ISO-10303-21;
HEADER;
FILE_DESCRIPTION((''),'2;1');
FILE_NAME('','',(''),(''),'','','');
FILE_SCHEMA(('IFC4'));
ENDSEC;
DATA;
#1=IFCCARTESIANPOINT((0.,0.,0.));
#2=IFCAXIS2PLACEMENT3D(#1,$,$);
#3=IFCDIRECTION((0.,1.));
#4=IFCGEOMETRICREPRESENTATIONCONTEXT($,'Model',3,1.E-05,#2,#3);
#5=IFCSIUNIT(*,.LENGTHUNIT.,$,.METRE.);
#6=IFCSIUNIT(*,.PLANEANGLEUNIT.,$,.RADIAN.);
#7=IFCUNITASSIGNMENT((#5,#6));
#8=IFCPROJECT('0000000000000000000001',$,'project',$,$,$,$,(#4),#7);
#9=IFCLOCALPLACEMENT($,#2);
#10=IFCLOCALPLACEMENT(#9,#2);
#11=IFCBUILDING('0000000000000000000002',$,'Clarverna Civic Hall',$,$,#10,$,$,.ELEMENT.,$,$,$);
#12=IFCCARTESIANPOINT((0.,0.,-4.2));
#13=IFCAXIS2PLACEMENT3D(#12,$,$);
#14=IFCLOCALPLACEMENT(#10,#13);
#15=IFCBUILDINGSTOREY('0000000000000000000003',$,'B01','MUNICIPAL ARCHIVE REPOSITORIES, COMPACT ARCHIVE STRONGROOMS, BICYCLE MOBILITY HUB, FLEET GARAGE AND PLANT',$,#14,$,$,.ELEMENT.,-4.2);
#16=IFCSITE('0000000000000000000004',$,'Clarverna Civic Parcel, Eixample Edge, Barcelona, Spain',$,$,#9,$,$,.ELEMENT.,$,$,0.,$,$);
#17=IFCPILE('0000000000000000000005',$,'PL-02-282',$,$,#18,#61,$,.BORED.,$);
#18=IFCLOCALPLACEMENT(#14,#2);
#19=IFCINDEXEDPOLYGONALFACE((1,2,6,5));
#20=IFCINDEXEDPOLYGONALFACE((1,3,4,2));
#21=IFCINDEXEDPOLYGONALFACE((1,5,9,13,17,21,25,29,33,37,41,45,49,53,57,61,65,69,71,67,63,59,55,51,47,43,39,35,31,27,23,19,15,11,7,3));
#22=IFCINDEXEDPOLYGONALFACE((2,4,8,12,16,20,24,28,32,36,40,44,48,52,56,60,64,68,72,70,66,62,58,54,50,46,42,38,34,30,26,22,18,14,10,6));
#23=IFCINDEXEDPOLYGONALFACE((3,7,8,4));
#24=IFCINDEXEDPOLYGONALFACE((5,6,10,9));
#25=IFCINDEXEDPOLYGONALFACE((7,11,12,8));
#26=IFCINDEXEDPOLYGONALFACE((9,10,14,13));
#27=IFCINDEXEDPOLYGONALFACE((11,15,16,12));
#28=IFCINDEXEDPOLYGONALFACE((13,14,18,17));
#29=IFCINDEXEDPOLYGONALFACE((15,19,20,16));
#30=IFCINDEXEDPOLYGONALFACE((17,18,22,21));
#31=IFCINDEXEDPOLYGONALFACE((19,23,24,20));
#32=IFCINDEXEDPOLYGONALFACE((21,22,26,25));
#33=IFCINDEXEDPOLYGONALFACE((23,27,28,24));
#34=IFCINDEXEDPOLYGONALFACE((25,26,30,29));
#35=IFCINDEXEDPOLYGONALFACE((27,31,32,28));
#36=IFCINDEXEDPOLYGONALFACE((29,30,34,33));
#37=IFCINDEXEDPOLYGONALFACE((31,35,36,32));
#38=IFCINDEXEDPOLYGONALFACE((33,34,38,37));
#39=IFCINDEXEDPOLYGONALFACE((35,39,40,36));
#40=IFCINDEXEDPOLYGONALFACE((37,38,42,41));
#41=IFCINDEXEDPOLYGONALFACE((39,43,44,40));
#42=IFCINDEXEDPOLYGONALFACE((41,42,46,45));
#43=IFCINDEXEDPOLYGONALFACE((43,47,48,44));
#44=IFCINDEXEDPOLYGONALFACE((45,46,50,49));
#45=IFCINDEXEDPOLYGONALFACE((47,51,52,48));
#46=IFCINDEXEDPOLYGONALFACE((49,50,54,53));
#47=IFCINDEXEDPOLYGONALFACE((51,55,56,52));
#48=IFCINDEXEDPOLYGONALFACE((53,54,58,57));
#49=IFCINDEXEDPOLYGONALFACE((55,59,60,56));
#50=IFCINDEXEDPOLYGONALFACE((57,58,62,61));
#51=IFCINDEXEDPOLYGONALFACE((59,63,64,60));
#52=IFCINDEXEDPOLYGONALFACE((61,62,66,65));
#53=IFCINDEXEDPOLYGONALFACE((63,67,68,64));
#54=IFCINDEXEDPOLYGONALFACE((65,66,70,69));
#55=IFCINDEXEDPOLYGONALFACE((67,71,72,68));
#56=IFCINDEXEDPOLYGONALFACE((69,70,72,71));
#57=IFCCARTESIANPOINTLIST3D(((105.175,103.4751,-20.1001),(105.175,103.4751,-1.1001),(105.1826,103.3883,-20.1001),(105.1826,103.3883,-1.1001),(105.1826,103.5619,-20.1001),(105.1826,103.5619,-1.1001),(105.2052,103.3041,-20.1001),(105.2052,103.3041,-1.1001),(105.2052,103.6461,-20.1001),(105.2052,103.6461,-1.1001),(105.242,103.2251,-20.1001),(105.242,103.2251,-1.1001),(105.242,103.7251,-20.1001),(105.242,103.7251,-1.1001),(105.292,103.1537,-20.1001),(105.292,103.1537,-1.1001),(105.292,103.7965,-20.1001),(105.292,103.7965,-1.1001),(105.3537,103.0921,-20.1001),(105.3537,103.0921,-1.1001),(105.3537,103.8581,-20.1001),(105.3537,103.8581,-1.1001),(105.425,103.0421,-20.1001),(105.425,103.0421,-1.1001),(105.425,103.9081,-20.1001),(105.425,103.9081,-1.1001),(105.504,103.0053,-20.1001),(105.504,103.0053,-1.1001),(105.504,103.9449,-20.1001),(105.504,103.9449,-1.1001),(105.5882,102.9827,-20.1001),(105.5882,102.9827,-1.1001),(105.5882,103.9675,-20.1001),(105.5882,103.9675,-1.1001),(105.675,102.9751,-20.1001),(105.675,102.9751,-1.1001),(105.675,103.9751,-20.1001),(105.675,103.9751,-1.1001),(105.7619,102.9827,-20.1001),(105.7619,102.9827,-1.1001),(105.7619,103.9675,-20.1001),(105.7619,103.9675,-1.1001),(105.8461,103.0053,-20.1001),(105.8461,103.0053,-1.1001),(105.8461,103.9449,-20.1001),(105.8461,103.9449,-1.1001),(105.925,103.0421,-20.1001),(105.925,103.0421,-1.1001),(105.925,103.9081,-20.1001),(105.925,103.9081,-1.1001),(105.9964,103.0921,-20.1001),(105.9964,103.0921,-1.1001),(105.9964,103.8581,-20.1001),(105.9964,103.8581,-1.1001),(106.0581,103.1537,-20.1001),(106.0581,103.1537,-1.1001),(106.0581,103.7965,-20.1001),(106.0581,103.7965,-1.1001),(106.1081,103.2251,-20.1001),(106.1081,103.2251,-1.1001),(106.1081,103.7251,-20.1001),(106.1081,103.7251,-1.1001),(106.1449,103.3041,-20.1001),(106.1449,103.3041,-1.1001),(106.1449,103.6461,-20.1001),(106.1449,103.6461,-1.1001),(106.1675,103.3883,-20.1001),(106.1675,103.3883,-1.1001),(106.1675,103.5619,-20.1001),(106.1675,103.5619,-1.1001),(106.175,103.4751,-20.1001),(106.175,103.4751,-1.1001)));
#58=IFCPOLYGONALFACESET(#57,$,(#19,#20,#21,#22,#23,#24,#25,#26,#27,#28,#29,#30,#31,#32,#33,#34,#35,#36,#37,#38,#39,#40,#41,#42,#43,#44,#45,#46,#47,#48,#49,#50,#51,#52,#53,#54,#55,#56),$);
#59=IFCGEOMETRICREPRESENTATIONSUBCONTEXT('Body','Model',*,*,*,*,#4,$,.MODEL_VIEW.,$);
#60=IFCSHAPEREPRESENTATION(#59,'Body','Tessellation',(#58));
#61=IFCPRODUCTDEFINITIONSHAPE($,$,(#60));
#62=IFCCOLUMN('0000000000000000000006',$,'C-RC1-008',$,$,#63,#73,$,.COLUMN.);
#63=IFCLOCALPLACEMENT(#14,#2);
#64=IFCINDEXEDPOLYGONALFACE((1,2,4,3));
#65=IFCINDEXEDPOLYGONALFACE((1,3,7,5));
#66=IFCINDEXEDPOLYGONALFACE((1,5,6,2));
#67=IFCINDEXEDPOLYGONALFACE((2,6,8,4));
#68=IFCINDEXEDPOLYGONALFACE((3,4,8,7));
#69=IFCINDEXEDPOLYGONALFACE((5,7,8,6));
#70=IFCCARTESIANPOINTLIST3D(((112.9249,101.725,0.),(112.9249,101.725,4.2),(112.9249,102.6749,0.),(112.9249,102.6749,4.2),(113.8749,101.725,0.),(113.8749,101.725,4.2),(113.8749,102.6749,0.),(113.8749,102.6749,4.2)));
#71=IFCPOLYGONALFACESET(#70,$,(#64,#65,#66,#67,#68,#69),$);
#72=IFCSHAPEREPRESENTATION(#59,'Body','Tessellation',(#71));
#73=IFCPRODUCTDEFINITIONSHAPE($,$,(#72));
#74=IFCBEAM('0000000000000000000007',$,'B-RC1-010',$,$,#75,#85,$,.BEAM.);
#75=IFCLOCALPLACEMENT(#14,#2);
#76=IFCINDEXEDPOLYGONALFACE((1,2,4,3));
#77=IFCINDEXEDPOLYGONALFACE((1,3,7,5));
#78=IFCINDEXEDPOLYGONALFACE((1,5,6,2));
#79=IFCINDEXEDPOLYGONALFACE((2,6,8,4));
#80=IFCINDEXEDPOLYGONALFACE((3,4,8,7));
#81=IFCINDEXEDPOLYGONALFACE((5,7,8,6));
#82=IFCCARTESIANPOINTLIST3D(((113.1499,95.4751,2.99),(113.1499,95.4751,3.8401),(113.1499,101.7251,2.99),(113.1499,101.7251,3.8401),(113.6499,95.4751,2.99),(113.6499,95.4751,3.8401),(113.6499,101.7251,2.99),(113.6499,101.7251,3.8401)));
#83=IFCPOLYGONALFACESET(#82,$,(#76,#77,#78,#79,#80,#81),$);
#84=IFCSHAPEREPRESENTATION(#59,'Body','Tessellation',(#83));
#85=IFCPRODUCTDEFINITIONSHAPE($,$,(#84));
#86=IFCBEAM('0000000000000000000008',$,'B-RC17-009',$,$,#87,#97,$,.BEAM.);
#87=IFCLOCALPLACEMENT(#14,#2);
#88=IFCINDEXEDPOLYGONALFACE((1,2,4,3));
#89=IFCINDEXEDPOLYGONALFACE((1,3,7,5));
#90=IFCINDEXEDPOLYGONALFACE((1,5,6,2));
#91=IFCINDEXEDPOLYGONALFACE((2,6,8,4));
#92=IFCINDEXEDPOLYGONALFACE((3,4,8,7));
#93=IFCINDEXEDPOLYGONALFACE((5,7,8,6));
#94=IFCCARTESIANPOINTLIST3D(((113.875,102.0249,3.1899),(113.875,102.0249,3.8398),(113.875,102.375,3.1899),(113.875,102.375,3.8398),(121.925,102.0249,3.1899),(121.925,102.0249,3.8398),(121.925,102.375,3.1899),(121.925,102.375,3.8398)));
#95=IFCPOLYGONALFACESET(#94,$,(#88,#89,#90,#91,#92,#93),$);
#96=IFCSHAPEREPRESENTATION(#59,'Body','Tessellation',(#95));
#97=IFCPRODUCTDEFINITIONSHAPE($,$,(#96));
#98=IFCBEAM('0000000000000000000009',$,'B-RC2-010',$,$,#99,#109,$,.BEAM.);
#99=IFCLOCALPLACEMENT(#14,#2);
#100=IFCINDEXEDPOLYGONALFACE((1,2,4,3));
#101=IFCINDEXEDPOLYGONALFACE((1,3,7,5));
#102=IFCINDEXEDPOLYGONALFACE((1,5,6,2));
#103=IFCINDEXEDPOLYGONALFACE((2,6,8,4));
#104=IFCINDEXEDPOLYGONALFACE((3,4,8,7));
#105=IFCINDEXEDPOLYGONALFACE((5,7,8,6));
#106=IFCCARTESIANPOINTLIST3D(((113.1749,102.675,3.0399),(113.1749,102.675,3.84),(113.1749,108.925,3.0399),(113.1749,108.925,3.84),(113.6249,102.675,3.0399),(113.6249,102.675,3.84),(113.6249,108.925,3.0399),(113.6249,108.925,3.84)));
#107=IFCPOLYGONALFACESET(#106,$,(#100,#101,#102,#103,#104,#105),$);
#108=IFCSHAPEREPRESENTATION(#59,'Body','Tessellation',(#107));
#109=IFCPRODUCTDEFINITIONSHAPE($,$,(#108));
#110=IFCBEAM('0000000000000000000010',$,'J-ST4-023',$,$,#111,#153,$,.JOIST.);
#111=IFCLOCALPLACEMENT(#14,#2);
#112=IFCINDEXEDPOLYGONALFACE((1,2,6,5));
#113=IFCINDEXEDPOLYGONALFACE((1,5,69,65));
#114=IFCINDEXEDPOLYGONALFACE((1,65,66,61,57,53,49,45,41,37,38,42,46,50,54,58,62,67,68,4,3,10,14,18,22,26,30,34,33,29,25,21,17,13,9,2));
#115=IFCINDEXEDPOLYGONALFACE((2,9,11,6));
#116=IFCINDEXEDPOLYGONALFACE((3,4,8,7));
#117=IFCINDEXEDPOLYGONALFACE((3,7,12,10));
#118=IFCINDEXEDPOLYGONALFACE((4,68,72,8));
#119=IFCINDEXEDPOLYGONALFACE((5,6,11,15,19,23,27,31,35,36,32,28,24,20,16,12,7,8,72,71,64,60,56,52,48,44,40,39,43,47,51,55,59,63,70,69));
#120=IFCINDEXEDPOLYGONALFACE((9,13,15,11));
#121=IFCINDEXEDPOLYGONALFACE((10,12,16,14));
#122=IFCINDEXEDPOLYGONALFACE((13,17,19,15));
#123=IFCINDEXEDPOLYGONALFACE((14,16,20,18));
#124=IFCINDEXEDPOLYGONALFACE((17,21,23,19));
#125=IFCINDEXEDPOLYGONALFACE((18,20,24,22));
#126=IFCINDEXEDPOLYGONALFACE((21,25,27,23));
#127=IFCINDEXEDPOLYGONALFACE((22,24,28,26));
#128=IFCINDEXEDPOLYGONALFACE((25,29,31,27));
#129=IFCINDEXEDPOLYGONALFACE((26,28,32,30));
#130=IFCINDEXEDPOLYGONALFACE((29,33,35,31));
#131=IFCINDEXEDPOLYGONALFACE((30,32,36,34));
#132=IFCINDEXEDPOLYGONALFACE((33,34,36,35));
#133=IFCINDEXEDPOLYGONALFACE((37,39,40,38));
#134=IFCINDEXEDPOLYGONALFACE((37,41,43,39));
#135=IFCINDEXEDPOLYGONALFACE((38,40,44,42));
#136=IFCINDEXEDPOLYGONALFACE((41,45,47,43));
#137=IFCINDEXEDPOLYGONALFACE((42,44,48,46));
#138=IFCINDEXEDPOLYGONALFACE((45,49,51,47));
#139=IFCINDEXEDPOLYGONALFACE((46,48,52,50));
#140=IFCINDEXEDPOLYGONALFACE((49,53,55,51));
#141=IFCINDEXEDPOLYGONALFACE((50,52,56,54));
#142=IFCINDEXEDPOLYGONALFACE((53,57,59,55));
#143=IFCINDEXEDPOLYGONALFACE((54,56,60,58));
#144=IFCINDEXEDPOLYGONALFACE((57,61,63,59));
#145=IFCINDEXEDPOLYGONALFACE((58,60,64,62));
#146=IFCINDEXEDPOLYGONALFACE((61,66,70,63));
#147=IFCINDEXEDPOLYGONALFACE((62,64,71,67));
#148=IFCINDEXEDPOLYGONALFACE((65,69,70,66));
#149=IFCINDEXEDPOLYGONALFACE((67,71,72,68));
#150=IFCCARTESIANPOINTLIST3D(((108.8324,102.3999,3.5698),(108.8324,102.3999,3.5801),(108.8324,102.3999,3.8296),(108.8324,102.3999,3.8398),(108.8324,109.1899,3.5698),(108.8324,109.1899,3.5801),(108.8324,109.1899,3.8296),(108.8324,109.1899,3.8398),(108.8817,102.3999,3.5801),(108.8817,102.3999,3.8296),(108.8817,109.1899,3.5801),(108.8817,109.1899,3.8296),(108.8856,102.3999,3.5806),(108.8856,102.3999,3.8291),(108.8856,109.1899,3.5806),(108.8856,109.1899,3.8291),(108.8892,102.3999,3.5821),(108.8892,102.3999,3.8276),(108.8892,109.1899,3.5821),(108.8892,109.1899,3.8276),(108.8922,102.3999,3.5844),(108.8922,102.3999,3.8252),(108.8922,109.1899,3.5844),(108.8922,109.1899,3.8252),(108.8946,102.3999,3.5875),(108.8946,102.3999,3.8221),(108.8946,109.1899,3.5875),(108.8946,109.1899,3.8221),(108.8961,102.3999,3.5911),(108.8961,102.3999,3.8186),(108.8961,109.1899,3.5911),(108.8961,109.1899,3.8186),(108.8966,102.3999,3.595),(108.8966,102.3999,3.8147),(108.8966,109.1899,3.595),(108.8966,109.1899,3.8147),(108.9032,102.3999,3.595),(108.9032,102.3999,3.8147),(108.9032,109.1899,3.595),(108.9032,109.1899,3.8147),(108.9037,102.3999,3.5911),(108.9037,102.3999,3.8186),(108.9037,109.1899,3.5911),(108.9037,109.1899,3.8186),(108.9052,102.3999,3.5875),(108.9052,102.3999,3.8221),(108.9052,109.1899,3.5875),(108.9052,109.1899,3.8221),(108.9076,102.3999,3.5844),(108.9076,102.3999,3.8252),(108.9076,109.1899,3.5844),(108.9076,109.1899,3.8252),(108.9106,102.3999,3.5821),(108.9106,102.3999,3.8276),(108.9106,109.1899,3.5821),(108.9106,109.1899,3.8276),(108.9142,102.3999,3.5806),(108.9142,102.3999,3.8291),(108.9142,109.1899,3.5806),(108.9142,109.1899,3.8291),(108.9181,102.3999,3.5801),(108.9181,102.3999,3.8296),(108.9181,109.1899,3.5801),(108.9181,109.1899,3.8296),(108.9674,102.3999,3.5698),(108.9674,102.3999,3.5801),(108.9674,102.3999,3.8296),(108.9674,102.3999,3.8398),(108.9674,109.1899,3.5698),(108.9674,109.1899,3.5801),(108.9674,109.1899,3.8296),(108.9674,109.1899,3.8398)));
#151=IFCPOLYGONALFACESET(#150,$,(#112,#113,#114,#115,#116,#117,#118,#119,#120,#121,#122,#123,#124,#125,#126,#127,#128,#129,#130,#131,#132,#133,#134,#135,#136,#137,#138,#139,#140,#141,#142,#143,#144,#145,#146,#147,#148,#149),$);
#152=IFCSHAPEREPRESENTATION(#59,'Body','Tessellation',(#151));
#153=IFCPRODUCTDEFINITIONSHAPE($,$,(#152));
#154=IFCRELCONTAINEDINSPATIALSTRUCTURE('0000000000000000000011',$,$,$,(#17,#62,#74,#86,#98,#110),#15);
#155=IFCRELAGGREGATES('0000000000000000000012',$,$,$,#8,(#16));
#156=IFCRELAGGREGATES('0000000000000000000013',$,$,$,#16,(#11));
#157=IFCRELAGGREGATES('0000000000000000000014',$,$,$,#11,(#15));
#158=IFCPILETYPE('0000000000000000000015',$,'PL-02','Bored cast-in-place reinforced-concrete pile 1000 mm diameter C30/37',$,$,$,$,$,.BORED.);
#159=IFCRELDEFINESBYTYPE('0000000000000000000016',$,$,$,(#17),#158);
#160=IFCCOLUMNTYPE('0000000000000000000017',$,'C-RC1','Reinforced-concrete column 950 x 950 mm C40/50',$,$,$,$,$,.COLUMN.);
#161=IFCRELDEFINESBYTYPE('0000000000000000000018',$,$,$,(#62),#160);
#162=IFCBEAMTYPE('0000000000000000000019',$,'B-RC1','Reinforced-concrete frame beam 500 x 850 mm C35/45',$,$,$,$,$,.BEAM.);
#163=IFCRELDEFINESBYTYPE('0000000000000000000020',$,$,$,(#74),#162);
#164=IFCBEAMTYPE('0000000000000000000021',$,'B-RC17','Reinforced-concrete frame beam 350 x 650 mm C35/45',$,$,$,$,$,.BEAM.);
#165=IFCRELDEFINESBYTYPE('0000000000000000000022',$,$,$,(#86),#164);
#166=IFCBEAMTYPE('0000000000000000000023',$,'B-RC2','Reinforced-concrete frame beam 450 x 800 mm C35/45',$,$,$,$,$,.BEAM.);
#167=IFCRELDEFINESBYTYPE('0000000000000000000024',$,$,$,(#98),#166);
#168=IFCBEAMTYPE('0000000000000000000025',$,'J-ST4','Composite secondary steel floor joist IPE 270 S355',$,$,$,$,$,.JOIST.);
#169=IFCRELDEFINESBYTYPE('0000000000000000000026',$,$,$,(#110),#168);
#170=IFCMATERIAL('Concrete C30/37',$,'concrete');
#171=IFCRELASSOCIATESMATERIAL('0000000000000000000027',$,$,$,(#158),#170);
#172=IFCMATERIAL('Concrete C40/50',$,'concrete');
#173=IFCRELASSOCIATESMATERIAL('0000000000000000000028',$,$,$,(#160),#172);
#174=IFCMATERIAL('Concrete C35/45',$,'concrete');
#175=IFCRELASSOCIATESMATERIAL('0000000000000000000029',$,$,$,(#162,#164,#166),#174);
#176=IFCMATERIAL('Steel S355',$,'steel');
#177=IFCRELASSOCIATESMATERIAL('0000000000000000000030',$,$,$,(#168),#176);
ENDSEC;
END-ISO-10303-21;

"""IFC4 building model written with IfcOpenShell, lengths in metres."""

from ifc_helpers import new_model, si_unit, direction, frame, origin, origin_2d, place, context, subcontext, project, spatial, rectangle, circle, i_section, extrude, material, material_profile, profile_set, type_object, element, save


model = new_model("IFC4")

# Units and contexts
model_context = context("Model", 3, precision=1e-05, world=origin(), true_north=direction((0.0, 1.0)))
body_context = subcontext(model_context, "Body", "Model", "MODEL_VIEW")
ifc_project = project(units=[si_unit("LENGTHUNIT", "METRE"), si_unit("PLANEANGLEUNIT", "RADIAN")], contexts=[model_context])

# Site, building, storey
site_placement = place(None, origin())
site = spatial("IfcSite", under=ifc_project, at=site_placement, Name="Clarverna Civic Parcel, Eixample Edge, Barcelona, Spain", CompositionType="ELEMENT", RefElevation=0.0)
building_placement = place(site_placement, origin())
building = spatial("IfcBuilding", under=site, at=building_placement, Name="Clarverna Civic Hall", CompositionType="ELEMENT")
storey_placement = place(building_placement, frame((0.0, 0.0, -4.2)))
storey = spatial("IfcBuildingStorey", under=building, at=storey_placement, Name="B01", Description="MUNICIPAL ARCHIVE REPOSITORIES, COMPACT ARCHIVE STRONGROOMS, BICYCLE MOBILITY HUB, FLEET GARAGE AND PLANT", CompositionType="ELEMENT", Elevation=-4.2)

# Shared definitions
ifc_material_1 = material(Name="Concrete C30/37", Category="concrete")

# Pile
ifc_material_profile_1 = material_profile(ifc_material_1, circle(Radius=0.5, at=origin_2d()), Name="BORED PILE D1000")
ifc_profile_set_1 = profile_set([ifc_material_profile_1], Name="Concrete C30/37")
pile_type_1 = type_object("IfcPileType", Name="PL-02", Description="Bored cast-in-place reinforced-concrete pile 1000 mm diameter C30/37", PredefinedType="BORED", material=ifc_profile_set_1)
for number, where, z_axis, x_axis, name in (
    (1, (105.675, 103.4751, -1.1001), (0.0, 0.0, -1.0), (1.0, 0.0, 0.0), "PL-02-282"),
):
    element("IfcPile", number, at=place(storey_placement, frame(where, z_axis=z_axis, x_axis=x_axis)), inside=storey, type_object=pile_type_1, Name=name, PredefinedType="BORED", context=body_context, shape_type="SweptSolid", body=[
        extrude(circle(Radius=0.5, at=origin_2d()), origin(), (0.0, 0.0, 1.0), 19.0),
    ])

# Column
ifc_material_2 = material(Name="Concrete C40/50", Category="concrete")
ifc_material_profile_2 = material_profile(ifc_material_2, rectangle(XDim=0.95, YDim=0.95, at=origin_2d()), Name="RC 950x950")
ifc_profile_set_2 = profile_set([ifc_material_profile_2], Name="Concrete C40/50")
column_type = type_object("IfcColumnType", Name="C-RC1", Description="Reinforced-concrete column 950 x 950 mm C40/50", PredefinedType="COLUMN", material=ifc_profile_set_2)
column_placement = place(storey_placement, frame((113.3999, 102.2, 0.0), z_axis=(0.0, 0.0, 1.0), x_axis=(1.0, 0.0, 0.0)))
element("IfcColumn", 2, at=column_placement, inside=storey, type_object=column_type, Name="C-RC1-008", PredefinedType="COLUMN", context=body_context, shape_type="SweptSolid", body=[
    extrude(rectangle(XDim=0.95, YDim=0.95, at=origin_2d()), origin(), (0.0, 0.0, 1.0), 4.2),
])

# Beams
ifc_material_3 = material(Name="Concrete C35/45", Category="concrete")
ifc_material_profile_3 = material_profile(ifc_material_3, rectangle(XDim=0.5, YDim=0.8501, at=origin_2d()), Name="RC 500x850")
ifc_profile_set_3 = profile_set([ifc_material_profile_3], Name="Concrete C35/45")
beam_type_1 = type_object("IfcBeamType", Name="B-RC1", Description="Reinforced-concrete frame beam 500 x 850 mm C35/45", PredefinedType="BEAM", material=ifc_profile_set_3)
beam_1_placement = place(storey_placement, frame((113.3999, 95.4751, 3.415), z_axis=(0.0, 1.0, 0.0), x_axis=(-1.0, 0.0, 0.0)))
element("IfcBeam", 3, at=beam_1_placement, inside=storey, type_object=beam_type_1, Name="B-RC1-010", PredefinedType="BEAM", context=body_context, shape_type="SweptSolid", body=[
    extrude(rectangle(XDim=0.5, YDim=0.8501, at=origin_2d()), origin(), (0.0, 0.0, 1.0), 6.25),
])
ifc_material_profile_4 = material_profile(ifc_material_3, rectangle(XDim=0.3501, YDim=0.6499, at=origin_2d()), Name="RC 350x650")
ifc_profile_set_4 = profile_set([ifc_material_profile_4], Name="Concrete C35/45")
beam_type_2 = type_object("IfcBeamType", Name="B-RC17", Description="Reinforced-concrete frame beam 350 x 650 mm C35/45", PredefinedType="BEAM", material=ifc_profile_set_4)
beam_2_placement = place(storey_placement, frame((113.875, 102.2, 3.5149), z_axis=(1.0, 0.0, 0.0), x_axis=(0.0, 1.0, 0.0)))
element("IfcBeam", 4, at=beam_2_placement, inside=storey, type_object=beam_type_2, Name="B-RC17-009", PredefinedType="BEAM", context=body_context, shape_type="SweptSolid", body=[
    extrude(rectangle(XDim=0.3501, YDim=0.6499, at=origin_2d()), origin(), (0.0, 0.0, 1.0), 8.05),
])
ifc_material_profile_5 = material_profile(ifc_material_3, rectangle(XDim=0.45, YDim=0.8, at=origin_2d()), Name="RC 450x800")
ifc_profile_set_5 = profile_set([ifc_material_profile_5], Name="Concrete C35/45")
beam_type_3 = type_object("IfcBeamType", Name="B-RC2", Description="Reinforced-concrete frame beam 450 x 800 mm C35/45", PredefinedType="BEAM", material=ifc_profile_set_5)
beam_3_placement = place(storey_placement, frame((113.3999, 102.675, 3.4399), z_axis=(0.0, 1.0, 0.0), x_axis=(-1.0, 0.0, 0.0)))
element("IfcBeam", 5, at=beam_3_placement, inside=storey, type_object=beam_type_3, Name="B-RC2-010", PredefinedType="BEAM", context=body_context, shape_type="SweptSolid", body=[
    extrude(rectangle(XDim=0.45, YDim=0.8, at=origin_2d()), origin(), (0.0, 0.0, 1.0), 6.25),
])
ifc_material_4 = material(Name="Steel S355", Category="steel")
ifc_material_profile_6 = material_profile(ifc_material_4, i_section(OverallWidth=0.135, OverallDepth=0.27, WebThickness=0.0066, FlangeThickness=0.0103, FilletRadius=0.0149, at=origin_2d()), Name="IPE 270")
ifc_profile_set_6 = profile_set([ifc_material_profile_6], Name="Steel S355")
beam_type_4 = type_object("IfcBeamType", Name="J-ST4", Description="Composite secondary steel floor joist IPE 270 S355", PredefinedType="JOIST", material=ifc_profile_set_6)
beam_4_placement = place(storey_placement, frame((108.8999, 102.3999, 3.7048), z_axis=(0.0, 1.0, 0.0), x_axis=(-1.0, 0.0, 0.0)))
element("IfcBeam", 6, at=beam_4_placement, inside=storey, type_object=beam_type_4, Name="J-ST4-023", PredefinedType="JOIST", context=body_context, shape_type="SweptSolid", body=[
    extrude(i_section(OverallWidth=0.135, OverallDepth=0.27, WebThickness=0.0066, FlangeThickness=0.0103, FilletRadius=0.0149, at=origin_2d()), origin(), (0.0, 0.0, 1.0), 6.79),
])

save(model, "model.ifc")
